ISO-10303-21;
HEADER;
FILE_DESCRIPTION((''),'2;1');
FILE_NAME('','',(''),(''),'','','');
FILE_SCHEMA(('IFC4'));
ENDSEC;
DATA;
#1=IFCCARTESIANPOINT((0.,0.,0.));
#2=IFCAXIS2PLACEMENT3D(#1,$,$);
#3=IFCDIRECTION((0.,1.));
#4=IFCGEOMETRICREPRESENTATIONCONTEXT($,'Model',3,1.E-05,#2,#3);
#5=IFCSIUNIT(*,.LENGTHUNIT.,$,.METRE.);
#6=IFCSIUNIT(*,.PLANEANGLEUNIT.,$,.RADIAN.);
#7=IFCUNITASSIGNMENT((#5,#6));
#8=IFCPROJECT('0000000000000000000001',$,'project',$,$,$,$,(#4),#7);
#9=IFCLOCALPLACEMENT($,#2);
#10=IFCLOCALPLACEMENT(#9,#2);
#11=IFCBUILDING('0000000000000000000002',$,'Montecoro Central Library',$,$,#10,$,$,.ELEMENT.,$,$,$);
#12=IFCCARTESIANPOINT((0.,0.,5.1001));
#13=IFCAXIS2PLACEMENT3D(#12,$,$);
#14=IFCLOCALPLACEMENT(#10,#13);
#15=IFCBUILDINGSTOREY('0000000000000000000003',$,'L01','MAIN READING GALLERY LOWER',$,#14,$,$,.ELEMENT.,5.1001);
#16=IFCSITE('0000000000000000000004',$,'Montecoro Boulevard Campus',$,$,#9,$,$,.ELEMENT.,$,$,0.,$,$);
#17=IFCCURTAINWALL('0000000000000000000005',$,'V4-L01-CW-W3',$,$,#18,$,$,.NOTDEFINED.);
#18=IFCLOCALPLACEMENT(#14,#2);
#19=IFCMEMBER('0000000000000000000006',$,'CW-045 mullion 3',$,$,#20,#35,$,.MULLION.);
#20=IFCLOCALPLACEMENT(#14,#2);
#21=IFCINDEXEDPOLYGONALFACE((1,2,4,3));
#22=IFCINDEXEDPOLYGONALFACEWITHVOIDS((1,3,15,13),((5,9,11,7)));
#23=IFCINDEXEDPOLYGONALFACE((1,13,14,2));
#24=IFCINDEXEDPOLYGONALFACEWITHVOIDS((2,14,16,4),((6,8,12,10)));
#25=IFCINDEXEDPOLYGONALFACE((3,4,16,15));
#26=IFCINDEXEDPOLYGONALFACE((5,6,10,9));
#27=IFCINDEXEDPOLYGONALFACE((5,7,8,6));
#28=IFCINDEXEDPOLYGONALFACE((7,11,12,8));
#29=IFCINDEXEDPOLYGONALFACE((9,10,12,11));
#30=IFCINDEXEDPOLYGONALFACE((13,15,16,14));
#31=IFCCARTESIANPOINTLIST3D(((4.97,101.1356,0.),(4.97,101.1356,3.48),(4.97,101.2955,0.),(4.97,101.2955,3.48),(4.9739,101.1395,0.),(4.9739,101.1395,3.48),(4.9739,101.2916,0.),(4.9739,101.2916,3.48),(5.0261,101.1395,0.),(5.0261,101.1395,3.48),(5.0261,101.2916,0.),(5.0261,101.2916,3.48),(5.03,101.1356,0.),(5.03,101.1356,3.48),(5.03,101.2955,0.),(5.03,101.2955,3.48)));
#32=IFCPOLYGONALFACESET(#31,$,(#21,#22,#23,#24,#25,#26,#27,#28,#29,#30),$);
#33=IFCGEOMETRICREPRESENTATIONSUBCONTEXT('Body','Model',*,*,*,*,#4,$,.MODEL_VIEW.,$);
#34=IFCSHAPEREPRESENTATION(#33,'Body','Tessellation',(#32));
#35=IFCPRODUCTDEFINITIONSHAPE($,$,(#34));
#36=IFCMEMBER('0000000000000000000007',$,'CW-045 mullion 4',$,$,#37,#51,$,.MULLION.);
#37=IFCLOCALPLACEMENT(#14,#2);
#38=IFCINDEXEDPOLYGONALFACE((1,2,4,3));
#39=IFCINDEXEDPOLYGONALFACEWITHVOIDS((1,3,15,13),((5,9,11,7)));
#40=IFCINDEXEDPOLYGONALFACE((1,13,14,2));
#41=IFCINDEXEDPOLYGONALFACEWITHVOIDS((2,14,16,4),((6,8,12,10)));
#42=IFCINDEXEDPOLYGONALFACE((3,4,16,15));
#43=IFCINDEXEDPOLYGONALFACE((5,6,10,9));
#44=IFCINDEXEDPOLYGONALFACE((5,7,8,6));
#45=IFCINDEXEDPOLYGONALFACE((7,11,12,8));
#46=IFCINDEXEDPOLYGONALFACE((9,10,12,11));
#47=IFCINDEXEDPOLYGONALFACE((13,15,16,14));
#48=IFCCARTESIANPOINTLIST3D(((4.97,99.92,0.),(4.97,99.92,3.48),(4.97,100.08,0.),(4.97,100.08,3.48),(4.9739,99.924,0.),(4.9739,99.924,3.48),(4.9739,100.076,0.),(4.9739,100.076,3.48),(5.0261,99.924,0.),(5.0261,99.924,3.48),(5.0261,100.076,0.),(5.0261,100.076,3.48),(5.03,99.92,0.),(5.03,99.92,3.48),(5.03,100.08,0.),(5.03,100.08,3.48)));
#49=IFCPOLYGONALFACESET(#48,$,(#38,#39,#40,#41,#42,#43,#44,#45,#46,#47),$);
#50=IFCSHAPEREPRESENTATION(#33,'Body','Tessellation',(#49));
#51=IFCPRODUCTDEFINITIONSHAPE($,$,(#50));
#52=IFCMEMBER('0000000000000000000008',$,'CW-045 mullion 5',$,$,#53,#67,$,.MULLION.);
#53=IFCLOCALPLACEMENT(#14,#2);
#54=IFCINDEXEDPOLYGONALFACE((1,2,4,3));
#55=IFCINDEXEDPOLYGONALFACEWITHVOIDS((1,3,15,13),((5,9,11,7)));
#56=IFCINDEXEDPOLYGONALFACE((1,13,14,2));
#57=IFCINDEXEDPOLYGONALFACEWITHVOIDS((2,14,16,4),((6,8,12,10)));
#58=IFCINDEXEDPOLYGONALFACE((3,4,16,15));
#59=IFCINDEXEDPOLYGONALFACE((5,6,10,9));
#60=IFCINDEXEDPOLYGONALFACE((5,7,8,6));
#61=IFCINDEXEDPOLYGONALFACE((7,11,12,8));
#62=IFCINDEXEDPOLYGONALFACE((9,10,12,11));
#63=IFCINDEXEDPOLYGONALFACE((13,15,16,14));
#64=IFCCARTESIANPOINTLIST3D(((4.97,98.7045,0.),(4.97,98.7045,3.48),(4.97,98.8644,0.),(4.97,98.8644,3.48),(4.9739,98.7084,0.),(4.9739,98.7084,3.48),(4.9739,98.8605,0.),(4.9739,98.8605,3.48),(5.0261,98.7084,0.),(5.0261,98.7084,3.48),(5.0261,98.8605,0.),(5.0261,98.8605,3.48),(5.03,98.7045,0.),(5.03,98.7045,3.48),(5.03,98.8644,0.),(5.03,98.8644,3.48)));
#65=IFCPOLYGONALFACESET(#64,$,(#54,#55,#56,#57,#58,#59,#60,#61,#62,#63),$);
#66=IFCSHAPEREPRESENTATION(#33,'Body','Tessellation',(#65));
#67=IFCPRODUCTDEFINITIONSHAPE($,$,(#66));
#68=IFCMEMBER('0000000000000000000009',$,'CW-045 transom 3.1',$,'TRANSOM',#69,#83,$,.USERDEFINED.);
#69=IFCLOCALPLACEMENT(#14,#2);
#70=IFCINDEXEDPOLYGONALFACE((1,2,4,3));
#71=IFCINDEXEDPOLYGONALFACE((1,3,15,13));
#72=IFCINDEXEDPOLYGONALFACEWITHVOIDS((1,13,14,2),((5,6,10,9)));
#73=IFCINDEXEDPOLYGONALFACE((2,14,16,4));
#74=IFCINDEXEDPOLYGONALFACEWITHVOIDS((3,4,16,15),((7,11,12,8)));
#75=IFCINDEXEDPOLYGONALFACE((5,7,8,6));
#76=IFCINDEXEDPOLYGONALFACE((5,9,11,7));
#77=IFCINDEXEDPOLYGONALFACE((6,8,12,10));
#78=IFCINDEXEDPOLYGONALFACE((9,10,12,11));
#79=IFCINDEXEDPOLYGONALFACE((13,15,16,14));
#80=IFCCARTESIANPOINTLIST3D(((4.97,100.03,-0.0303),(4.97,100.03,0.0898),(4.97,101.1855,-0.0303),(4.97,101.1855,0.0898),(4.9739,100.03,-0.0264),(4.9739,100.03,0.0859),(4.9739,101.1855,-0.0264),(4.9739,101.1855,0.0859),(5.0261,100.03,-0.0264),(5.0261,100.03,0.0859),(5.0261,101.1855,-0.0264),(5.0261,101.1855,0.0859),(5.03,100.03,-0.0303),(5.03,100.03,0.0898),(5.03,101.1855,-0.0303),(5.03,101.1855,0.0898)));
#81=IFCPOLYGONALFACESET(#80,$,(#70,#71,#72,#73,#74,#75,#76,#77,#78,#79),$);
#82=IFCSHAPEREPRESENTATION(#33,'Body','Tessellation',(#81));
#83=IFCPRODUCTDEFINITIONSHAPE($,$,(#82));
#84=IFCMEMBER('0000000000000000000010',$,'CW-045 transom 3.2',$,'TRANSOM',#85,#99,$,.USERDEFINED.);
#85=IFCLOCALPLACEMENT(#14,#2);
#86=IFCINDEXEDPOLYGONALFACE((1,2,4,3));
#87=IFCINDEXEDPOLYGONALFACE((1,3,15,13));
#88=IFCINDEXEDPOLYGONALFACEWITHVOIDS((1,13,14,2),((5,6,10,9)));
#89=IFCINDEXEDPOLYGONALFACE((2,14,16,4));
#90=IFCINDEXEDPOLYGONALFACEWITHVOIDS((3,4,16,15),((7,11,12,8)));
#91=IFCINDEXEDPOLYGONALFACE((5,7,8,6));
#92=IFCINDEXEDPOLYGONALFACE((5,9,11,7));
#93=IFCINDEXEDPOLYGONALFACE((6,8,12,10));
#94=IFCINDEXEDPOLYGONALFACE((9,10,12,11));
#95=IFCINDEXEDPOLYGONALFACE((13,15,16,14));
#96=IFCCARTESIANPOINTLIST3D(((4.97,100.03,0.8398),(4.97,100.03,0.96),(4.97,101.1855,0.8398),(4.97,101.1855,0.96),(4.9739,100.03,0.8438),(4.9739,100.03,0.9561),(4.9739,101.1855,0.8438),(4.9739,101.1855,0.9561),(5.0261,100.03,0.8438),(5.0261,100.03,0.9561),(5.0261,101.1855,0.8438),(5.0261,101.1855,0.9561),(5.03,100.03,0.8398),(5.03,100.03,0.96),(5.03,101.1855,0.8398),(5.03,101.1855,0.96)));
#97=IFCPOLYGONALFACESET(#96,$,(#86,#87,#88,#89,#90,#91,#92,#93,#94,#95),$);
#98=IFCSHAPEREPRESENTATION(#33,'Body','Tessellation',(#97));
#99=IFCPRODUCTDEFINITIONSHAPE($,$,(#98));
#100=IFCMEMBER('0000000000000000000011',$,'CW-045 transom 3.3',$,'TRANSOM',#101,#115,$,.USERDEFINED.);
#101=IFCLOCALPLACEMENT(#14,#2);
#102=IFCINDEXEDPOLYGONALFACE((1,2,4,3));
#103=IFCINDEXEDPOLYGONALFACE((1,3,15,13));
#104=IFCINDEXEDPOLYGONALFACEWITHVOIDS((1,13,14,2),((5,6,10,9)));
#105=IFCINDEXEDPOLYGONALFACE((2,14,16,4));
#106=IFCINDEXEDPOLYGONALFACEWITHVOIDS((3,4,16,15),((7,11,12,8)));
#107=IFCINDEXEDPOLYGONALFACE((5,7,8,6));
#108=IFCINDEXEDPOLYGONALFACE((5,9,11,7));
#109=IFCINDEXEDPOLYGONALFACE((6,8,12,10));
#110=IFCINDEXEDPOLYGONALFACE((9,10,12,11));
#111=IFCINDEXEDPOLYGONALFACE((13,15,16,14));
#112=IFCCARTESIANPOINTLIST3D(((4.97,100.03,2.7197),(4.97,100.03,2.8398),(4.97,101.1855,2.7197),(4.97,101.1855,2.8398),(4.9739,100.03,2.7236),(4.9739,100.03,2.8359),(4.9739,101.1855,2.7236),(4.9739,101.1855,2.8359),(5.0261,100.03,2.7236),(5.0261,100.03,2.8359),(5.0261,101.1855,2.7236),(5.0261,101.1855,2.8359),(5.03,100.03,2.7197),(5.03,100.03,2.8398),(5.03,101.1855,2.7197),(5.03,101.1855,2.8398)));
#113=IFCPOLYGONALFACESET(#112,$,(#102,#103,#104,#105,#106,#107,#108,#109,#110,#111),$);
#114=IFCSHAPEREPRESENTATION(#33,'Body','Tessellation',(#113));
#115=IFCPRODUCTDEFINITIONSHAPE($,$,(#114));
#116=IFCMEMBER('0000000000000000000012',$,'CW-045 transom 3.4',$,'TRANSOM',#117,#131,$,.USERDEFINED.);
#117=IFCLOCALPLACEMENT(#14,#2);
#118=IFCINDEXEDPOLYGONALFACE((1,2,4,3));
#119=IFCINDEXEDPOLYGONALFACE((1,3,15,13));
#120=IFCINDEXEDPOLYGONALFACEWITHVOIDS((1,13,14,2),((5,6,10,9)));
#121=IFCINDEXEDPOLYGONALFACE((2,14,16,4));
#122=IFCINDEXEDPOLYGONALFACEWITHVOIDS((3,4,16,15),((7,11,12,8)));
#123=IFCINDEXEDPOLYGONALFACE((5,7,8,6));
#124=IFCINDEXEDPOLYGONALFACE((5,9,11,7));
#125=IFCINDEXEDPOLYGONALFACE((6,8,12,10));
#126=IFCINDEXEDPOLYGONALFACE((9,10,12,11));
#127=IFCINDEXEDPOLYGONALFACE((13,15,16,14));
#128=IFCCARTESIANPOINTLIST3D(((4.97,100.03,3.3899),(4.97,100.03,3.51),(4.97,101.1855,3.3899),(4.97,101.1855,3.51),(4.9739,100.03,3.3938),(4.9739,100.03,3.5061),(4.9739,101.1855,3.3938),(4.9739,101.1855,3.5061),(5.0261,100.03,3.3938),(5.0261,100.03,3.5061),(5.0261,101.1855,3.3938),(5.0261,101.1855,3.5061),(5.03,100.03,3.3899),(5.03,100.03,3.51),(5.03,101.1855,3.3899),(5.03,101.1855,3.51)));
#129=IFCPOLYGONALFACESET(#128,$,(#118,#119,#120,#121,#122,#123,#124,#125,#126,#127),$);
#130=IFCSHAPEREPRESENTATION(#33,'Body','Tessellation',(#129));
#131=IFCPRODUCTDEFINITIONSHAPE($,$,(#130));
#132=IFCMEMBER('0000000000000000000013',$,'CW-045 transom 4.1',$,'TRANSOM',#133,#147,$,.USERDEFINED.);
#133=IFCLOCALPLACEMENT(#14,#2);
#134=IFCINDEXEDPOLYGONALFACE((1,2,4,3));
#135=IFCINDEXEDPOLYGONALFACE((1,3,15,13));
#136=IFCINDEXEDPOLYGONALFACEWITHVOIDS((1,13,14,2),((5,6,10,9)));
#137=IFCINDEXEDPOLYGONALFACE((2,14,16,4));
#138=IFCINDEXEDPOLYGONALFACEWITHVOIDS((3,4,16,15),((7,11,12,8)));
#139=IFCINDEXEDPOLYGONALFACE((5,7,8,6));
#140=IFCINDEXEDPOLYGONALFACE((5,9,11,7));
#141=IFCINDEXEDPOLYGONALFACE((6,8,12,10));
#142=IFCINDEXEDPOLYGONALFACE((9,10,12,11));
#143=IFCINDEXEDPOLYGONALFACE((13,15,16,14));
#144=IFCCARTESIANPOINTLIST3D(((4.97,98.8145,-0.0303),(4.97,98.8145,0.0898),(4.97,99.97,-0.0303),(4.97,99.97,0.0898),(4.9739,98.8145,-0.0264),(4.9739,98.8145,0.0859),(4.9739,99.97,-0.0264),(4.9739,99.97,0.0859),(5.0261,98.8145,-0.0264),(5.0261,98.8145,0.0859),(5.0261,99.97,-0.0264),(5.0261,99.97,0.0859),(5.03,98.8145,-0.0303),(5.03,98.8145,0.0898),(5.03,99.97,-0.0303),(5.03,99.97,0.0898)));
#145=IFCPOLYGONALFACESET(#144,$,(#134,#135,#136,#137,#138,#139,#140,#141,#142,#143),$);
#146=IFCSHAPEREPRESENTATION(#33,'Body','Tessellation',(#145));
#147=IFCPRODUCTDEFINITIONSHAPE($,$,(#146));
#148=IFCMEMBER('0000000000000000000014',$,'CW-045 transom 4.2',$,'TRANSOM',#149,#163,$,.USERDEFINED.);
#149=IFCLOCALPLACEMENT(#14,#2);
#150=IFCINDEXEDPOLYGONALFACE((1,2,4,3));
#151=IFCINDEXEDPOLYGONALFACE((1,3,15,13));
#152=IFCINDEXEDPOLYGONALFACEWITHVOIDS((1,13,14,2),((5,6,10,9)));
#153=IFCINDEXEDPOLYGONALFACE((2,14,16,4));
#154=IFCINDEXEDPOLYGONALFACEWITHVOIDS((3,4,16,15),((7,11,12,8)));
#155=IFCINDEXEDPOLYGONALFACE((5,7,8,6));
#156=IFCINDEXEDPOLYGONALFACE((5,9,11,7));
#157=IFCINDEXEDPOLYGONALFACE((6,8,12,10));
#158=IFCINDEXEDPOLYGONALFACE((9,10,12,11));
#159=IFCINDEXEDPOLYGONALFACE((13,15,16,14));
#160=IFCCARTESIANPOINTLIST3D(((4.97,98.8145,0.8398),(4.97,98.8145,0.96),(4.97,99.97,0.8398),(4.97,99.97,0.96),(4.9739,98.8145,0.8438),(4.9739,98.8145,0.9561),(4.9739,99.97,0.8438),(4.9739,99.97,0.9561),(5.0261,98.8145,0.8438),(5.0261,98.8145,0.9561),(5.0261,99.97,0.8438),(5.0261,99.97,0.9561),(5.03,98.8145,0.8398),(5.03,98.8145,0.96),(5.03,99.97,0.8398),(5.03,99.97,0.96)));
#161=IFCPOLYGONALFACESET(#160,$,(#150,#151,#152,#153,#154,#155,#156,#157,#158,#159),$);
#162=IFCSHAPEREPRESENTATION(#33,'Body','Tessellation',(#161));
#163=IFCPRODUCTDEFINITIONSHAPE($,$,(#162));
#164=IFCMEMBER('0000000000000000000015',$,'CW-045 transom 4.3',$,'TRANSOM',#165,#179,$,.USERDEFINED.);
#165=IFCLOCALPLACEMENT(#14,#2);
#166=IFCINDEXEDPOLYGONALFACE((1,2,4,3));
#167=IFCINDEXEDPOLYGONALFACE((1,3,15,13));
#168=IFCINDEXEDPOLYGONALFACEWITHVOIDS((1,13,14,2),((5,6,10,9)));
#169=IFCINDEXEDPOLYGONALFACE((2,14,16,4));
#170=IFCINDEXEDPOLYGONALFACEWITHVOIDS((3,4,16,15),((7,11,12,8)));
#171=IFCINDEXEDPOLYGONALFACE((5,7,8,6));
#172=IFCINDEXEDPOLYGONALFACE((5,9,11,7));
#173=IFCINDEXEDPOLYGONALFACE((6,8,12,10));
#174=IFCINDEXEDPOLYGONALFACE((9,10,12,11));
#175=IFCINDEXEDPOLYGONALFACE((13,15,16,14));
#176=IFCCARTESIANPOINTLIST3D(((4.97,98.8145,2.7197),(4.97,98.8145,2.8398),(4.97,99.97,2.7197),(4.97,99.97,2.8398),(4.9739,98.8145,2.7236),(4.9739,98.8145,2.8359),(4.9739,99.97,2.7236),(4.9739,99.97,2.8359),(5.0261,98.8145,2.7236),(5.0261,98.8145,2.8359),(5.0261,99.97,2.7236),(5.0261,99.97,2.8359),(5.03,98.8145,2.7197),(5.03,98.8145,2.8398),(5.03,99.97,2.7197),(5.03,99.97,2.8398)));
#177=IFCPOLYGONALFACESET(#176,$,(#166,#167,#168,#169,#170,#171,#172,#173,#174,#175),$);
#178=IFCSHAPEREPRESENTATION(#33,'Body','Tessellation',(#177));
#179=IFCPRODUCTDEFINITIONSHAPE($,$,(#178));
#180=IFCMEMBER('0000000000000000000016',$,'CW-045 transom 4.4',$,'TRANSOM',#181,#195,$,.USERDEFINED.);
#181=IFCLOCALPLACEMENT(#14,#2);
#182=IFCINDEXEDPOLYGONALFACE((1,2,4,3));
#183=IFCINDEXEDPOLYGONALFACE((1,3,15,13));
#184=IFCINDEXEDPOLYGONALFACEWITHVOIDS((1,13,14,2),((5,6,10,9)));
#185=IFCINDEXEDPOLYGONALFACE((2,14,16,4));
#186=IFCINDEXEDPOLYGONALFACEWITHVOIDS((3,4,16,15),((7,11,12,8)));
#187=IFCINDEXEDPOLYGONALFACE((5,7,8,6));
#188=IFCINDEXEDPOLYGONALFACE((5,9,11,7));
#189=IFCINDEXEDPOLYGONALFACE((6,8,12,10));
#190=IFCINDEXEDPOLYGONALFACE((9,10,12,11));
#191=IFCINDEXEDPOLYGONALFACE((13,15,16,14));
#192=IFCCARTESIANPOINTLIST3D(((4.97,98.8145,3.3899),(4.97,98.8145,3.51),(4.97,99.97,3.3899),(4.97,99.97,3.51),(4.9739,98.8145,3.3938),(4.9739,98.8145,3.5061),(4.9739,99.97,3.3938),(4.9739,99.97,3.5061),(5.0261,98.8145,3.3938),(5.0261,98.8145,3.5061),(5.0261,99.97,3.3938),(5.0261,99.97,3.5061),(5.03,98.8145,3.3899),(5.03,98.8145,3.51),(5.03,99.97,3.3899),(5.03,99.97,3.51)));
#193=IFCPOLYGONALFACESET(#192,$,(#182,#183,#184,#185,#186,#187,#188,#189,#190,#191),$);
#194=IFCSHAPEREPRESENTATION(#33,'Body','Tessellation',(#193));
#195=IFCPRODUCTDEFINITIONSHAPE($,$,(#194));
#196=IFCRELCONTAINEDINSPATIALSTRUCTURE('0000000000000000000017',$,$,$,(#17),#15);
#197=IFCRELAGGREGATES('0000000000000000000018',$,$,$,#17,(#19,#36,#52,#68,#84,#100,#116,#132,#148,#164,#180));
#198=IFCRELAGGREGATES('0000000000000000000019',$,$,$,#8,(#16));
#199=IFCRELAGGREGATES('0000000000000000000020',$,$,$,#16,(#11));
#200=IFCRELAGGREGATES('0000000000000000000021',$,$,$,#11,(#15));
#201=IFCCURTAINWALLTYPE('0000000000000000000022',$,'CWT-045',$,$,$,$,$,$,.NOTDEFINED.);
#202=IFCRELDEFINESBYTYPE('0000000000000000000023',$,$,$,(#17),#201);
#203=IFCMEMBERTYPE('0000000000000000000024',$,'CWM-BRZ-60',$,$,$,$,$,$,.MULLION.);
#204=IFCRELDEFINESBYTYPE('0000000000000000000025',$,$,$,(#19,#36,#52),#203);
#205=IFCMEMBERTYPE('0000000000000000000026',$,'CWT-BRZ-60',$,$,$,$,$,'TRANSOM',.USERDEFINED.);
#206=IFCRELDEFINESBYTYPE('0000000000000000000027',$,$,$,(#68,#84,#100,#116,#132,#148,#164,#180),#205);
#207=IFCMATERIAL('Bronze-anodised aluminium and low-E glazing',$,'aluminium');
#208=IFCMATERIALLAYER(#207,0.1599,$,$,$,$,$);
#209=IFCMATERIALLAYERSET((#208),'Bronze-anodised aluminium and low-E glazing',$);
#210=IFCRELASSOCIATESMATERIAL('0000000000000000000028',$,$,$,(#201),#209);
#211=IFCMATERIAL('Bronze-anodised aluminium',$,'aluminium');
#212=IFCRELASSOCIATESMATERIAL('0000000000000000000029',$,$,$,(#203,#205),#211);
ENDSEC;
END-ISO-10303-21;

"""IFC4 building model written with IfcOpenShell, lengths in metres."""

from ifc_helpers import new_model, si_unit, direction, frame, origin, origin_2d, place, context, subcontext, project, spatial, hollow_rectangle, extrude, material, layer, layer_set, material_profile, profile_set, type_object, element, aggregate, save


model = new_model("IFC4")

# Units and contexts
model_context = context("Model", 3, precision=1e-05, world=origin(), true_north=direction((0.0, 1.0)))
body_context = subcontext(model_context, "Body", "Model", "MODEL_VIEW")
ifc_project = project(units=[si_unit("LENGTHUNIT", "METRE"), si_unit("PLANEANGLEUNIT", "RADIAN")], contexts=[model_context])

# Site, building, storey
site_placement = place(None, origin())
site = spatial("IfcSite", under=ifc_project, at=site_placement, Name="Montecoro Boulevard Campus", CompositionType="ELEMENT", RefElevation=0.0)
building_placement = place(site_placement, origin())
building = spatial("IfcBuilding", under=site, at=building_placement, Name="Montecoro Central Library", CompositionType="ELEMENT")
storey_placement = place(building_placement, frame((0.0, 0.0, 5.1001)))
storey = spatial("IfcBuildingStorey", under=building, at=storey_placement, Name="L01", Description="MAIN READING GALLERY LOWER", CompositionType="ELEMENT", Elevation=5.1001)

# Curtain wall, members
ifc_material_1 = material(Name="Bronze-anodised aluminium and low-E glazing", Category="aluminium")
ifc_layer_1 = layer(ifc_material_1, 0.1599)
ifc_layer_set_1 = layer_set([ifc_layer_1], Name="Bronze-anodised aluminium and low-E glazing")
curtain_wall_type = type_object("IfcCurtainWallType", Name="CWT-045", PredefinedType="NOTDEFINED", material=ifc_layer_set_1)
curtain_wall_placement = place(storey_placement, origin())
curtain_wall = element("IfcCurtainWall", 1, at=curtain_wall_placement, inside=storey, type_object=curtain_wall_type, Name="V4-L01-CW-W3", PredefinedType="NOTDEFINED")
ifc_material_2 = material(Name="Bronze-anodised aluminium", Category="aluminium")
ifc_material_profile_1 = material_profile(ifc_material_2, hollow_rectangle(XDim=0.0601, YDim=0.1599, WallThickness=0.0039, at=origin_2d()), Name="CWM 160x60x4.0")
ifc_profile_set_1 = profile_set([ifc_material_profile_1], Name="Bronze-anodised aluminium")
member_type_1 = type_object("IfcMemberType", Name="CWM-BRZ-60", PredefinedType="MULLION", material=ifc_profile_set_1)
member_1_placement = place(storey_placement, frame((5.0, 101.2156, 0.0), z_axis=(0.0, 0.0, 1.0), x_axis=(1.0, 0.0, 0.0)))
member_1 = element("IfcMember", 2, at=member_1_placement, type_object=member_type_1, Name="CW-045 mullion 3", PredefinedType="MULLION", context=body_context, shape_type="SweptSolid", body=[
    extrude(hollow_rectangle(XDim=0.0601, YDim=0.1599, WallThickness=0.0039, at=origin_2d()), origin(), (0.0, 0.0, 1.0), 3.48),
])
member_2_placement = place(storey_placement, frame((5.0, 100.0, 0.0), z_axis=(0.0, 0.0, 1.0), x_axis=(1.0, 0.0, 0.0)))
member_2 = element("IfcMember", 3, at=member_2_placement, type_object=member_type_1, Name="CW-045 mullion 4", PredefinedType="MULLION", context=body_context, shape_type="SweptSolid", body=[
    extrude(hollow_rectangle(XDim=0.0601, YDim=0.1599, WallThickness=0.0039, at=origin_2d()), origin(), (0.0, 0.0, 1.0), 3.48),
])
member_3_placement = place(storey_placement, frame((5.0, 98.7844, 0.0), z_axis=(0.0, 0.0, 1.0), x_axis=(1.0, 0.0, 0.0)))
member_3 = element("IfcMember", 4, at=member_3_placement, type_object=member_type_1, Name="CW-045 mullion 5", PredefinedType="MULLION", context=body_context, shape_type="SweptSolid", body=[
    extrude(hollow_rectangle(XDim=0.0601, YDim=0.1599, WallThickness=0.0039, at=origin_2d()), origin(), (0.0, 0.0, 1.0), 3.48),
])
ifc_material_profile_2 = material_profile(ifc_material_2, hollow_rectangle(XDim=0.0601, YDim=0.1201, WallThickness=0.0039, at=origin_2d()), Name="CWT 120x60x4.0")
ifc_profile_set_2 = profile_set([ifc_material_profile_2], Name="Bronze-anodised aluminium")
member_type_2 = type_object("IfcMemberType", Name="CWT-BRZ-60", ElementType="TRANSOM", PredefinedType="USERDEFINED", material=ifc_profile_set_2)
member_4_placement = place(storey_placement, frame((5.0, 101.1855, 0.0298), z_axis=(0.0, -1.0, 0.0), x_axis=(1.0, 0.0, 0.0)))
member_4 = element("IfcMember", 5, at=member_4_placement, type_object=member_type_2, Name="CW-045 transom 3.1", ObjectType="TRANSOM", PredefinedType="USERDEFINED", context=body_context, shape_type="SweptSolid", body=[
    extrude(hollow_rectangle(XDim=0.0601, YDim=0.1201, WallThickness=0.0039, at=origin_2d()), origin(), (0.0, 0.0, 1.0), 1.1555),
])
member_5_placement = place(storey_placement, frame((5.0, 101.1855, 0.8999), z_axis=(0.0, -1.0, 0.0), x_axis=(1.0, 0.0, 0.0)))
member_5 = element("IfcMember", 6, at=member_5_placement, type_object=member_type_2, Name="CW-045 transom 3.2", ObjectType="TRANSOM", PredefinedType="USERDEFINED", context=body_context, shape_type="SweptSolid", body=[
    extrude(hollow_rectangle(XDim=0.0601, YDim=0.1201, WallThickness=0.0039, at=origin_2d()), origin(), (0.0, 0.0, 1.0), 1.1555),
])
member_6_placement = place(storey_placement, frame((5.0, 101.1855, 2.7798), z_axis=(0.0, -1.0, 0.0), x_axis=(1.0, 0.0, 0.0)))
member_6 = element("IfcMember", 7, at=member_6_placement, type_object=member_type_2, Name="CW-045 transom 3.3", ObjectType="TRANSOM", PredefinedType="USERDEFINED", context=body_context, shape_type="SweptSolid", body=[
    extrude(hollow_rectangle(XDim=0.0601, YDim=0.1201, WallThickness=0.0039, at=origin_2d()), origin(), (0.0, 0.0, 1.0), 1.1555),
])
member_7_placement = place(storey_placement, frame((5.0, 101.1855, 3.45), z_axis=(0.0, -1.0, 0.0), x_axis=(1.0, 0.0, 0.0)))
member_7 = element("IfcMember", 8, at=member_7_placement, type_object=member_type_2, Name="CW-045 transom 3.4", ObjectType="TRANSOM", PredefinedType="USERDEFINED", context=body_context, shape_type="SweptSolid", body=[
    extrude(hollow_rectangle(XDim=0.0601, YDim=0.1201, WallThickness=0.0039, at=origin_2d()), origin(), (0.0, 0.0, 1.0), 1.1555),
])
member_8_placement = place(storey_placement, frame((5.0, 99.97, 0.0298), z_axis=(0.0, -1.0, 0.0), x_axis=(1.0, 0.0, 0.0)))
member_8 = element("IfcMember", 9, at=member_8_placement, type_object=member_type_2, Name="CW-045 transom 4.1", ObjectType="TRANSOM", PredefinedType="USERDEFINED", context=body_context, shape_type="SweptSolid", body=[
    extrude(hollow_rectangle(XDim=0.0601, YDim=0.1201, WallThickness=0.0039, at=origin_2d()), origin(), (0.0, 0.0, 1.0), 1.1555),
])
member_9_placement = place(storey_placement, frame((5.0, 99.97, 0.8999), z_axis=(0.0, -1.0, 0.0), x_axis=(1.0, 0.0, 0.0)))
member_9 = element("IfcMember", 10, at=member_9_placement, type_object=member_type_2, Name="CW-045 transom 4.2", ObjectType="TRANSOM", PredefinedType="USERDEFINED", context=body_context, shape_type="SweptSolid", body=[
    extrude(hollow_rectangle(XDim=0.0601, YDim=0.1201, WallThickness=0.0039, at=origin_2d()), origin(), (0.0, 0.0, 1.0), 1.1555),
])
member_10_placement = place(storey_placement, frame((5.0, 99.97, 2.7798), z_axis=(0.0, -1.0, 0.0), x_axis=(1.0, 0.0, 0.0)))
member_10 = element("IfcMember", 11, at=member_10_placement, type_object=member_type_2, Name="CW-045 transom 4.3", ObjectType="TRANSOM", PredefinedType="USERDEFINED", context=body_context, shape_type="SweptSolid", body=[
    extrude(hollow_rectangle(XDim=0.0601, YDim=0.1201, WallThickness=0.0039, at=origin_2d()), origin(), (0.0, 0.0, 1.0), 1.1555),
])
member_11_placement = place(storey_placement, frame((5.0, 99.97, 3.45), z_axis=(0.0, -1.0, 0.0), x_axis=(1.0, 0.0, 0.0)))
member_11 = element("IfcMember", 12, at=member_11_placement, type_object=member_type_2, Name="CW-045 transom 4.4", ObjectType="TRANSOM", PredefinedType="USERDEFINED", context=body_context, shape_type="SweptSolid", body=[
    extrude(hollow_rectangle(XDim=0.0601, YDim=0.1201, WallThickness=0.0039, at=origin_2d()), origin(), (0.0, 0.0, 1.0), 1.1555),
])
aggregate(curtain_wall, [member_1, member_2, member_3, member_4, member_5, member_6, member_7, member_8, member_9, member_10, member_11])

save(model, "model.ifc")
